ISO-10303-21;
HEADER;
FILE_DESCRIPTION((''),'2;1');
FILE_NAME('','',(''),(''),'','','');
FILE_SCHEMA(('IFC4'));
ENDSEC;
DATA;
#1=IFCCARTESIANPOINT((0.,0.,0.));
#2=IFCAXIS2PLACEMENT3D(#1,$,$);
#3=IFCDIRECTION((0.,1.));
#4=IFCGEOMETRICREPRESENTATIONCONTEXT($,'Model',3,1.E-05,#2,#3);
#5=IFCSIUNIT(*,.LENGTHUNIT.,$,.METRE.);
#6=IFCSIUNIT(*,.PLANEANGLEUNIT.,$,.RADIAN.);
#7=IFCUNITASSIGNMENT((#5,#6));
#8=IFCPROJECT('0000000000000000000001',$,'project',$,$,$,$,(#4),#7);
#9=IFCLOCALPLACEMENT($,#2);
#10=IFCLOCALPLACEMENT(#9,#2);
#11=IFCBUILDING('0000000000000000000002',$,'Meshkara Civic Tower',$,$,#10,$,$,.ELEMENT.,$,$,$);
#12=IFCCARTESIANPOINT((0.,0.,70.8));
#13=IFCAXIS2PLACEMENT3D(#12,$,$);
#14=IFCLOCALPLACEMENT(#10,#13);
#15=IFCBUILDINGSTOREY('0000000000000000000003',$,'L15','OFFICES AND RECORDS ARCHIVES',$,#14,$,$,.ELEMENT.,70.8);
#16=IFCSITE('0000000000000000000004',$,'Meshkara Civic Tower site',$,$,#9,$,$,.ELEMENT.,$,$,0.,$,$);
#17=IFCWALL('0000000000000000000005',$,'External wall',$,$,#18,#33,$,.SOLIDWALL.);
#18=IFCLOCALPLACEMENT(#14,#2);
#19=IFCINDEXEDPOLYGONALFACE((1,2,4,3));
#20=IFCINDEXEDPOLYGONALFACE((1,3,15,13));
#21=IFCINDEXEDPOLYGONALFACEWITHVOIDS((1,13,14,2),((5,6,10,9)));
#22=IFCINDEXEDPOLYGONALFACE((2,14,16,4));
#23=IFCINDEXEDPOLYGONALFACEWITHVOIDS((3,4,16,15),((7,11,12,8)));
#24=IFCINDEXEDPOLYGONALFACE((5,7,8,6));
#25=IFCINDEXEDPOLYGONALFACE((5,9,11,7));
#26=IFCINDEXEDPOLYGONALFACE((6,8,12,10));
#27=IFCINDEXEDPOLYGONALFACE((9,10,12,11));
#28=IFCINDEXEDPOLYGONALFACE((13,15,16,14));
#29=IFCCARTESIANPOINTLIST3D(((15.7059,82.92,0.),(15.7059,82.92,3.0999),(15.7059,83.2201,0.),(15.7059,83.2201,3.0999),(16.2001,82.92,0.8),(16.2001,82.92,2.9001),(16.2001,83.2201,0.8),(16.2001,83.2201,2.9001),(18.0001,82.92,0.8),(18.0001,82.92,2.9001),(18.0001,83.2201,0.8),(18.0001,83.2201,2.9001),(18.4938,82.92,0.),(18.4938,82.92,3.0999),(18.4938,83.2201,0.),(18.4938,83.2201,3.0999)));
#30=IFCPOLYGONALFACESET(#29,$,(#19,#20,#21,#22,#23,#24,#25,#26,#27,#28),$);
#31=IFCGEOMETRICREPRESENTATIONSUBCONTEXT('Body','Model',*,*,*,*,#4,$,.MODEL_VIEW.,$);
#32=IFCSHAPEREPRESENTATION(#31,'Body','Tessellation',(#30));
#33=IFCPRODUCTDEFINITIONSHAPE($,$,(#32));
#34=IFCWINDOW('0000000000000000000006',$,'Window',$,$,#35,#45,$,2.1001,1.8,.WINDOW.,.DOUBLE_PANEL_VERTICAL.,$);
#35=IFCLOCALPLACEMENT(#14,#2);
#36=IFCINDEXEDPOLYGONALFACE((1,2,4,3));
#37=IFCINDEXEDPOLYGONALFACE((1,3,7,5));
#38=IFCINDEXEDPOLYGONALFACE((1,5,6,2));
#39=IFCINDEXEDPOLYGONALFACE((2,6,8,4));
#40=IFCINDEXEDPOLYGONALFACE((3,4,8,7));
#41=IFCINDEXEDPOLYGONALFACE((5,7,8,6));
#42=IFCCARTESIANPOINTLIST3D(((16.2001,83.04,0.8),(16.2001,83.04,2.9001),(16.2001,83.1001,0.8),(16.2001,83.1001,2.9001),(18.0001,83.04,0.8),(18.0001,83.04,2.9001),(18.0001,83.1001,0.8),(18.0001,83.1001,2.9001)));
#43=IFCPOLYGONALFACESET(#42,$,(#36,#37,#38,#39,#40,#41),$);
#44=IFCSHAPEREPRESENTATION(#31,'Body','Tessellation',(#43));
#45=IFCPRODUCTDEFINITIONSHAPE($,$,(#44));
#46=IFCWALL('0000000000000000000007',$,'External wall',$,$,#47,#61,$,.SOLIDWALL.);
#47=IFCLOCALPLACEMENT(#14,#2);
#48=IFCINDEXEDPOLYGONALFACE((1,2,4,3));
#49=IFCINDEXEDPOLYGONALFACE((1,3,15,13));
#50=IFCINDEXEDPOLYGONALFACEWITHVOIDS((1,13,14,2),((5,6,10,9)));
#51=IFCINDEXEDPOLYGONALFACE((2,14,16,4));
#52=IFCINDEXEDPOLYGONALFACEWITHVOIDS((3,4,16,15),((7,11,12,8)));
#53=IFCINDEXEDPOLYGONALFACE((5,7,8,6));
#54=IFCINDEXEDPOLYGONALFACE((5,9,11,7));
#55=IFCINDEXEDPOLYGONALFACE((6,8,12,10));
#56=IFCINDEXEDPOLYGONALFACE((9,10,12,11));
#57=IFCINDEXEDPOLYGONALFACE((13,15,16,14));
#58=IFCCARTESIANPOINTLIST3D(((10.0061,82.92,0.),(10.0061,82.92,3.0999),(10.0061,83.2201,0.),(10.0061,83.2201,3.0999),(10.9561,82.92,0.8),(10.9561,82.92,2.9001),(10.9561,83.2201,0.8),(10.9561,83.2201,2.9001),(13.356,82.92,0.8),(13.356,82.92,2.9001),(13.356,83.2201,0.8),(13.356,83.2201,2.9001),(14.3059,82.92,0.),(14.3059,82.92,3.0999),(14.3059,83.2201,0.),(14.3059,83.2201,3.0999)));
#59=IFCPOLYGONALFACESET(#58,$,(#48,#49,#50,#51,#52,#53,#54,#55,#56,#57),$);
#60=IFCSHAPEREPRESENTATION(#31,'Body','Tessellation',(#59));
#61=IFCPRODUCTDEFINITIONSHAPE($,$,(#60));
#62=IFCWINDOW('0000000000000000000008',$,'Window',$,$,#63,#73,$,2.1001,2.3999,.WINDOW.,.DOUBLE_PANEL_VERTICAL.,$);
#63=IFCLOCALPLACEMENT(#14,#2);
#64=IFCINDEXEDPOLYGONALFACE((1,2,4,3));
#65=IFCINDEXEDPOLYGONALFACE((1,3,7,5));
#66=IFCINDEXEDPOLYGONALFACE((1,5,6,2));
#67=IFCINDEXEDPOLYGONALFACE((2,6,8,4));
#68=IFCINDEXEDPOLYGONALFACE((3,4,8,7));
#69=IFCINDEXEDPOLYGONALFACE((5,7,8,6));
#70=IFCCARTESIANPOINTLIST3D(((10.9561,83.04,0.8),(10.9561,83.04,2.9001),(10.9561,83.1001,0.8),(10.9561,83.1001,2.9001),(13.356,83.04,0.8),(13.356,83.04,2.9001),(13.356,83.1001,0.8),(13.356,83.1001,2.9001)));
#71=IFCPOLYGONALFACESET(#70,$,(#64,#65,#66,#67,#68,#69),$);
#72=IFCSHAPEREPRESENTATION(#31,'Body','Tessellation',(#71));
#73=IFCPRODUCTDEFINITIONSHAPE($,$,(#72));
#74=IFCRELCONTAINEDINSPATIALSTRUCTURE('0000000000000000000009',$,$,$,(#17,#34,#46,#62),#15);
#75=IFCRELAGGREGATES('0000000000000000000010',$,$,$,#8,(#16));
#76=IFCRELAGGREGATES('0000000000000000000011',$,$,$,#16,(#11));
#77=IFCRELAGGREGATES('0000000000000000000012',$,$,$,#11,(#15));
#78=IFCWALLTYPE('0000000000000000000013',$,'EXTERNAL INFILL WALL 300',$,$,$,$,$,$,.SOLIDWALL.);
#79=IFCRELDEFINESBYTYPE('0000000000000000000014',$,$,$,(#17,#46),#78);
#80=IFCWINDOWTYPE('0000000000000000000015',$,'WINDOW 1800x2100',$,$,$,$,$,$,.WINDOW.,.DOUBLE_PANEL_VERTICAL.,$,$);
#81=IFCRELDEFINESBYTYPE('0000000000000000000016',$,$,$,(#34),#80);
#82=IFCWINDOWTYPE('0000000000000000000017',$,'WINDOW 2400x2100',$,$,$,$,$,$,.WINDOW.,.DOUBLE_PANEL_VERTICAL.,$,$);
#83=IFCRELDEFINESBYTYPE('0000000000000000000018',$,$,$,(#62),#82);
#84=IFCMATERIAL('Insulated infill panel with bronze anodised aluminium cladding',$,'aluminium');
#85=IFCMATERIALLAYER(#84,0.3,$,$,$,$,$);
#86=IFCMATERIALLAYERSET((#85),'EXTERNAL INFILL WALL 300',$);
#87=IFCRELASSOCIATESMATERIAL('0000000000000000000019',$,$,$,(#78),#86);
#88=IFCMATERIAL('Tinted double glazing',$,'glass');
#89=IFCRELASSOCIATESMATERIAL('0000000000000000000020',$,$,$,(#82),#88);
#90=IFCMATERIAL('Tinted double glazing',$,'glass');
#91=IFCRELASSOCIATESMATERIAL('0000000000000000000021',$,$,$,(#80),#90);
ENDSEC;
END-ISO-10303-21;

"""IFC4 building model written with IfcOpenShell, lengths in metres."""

from ifc_helpers import new_model, si_unit, direction, frame, frame_2d, origin, place, context, subcontext, project, spatial, rectangle, extrude, material, layer, layer_set, type_object, element, fill, save


model = new_model("IFC4")

# Units and contexts
model_context = context("Model", 3, precision=1e-05, world=origin(), true_north=direction((0.0, 1.0)))
body_context = subcontext(model_context, "Body", "Model", "MODEL_VIEW")
ifc_project = project(units=[si_unit("LENGTHUNIT", "METRE"), si_unit("PLANEANGLEUNIT", "RADIAN")], contexts=[model_context])

# Site, building, storey
site_placement = place(None, origin())
site = spatial("IfcSite", under=ifc_project, at=site_placement, Name="Meshkara Civic Tower site", CompositionType="ELEMENT", RefElevation=0.0)
building_placement = place(site_placement, origin())
building = spatial("IfcBuilding", under=site, at=building_placement, Name="Meshkara Civic Tower", CompositionType="ELEMENT")
storey_placement = place(building_placement, frame((0.0, 0.0, 70.8)))
storey = spatial("IfcBuildingStorey", under=building, at=storey_placement, Name="L15", Description="OFFICES AND RECORDS ARCHIVES", CompositionType="ELEMENT", Elevation=70.8)

# Walls, openings, windows
ifc_material_1 = material(Name="Insulated infill panel with bronze anodised aluminium cladding", Category="aluminium")
ifc_layer = layer(ifc_material_1, 0.3)
ifc_layer_set = layer_set([ifc_layer], Name="EXTERNAL INFILL WALL 300")
wall_type = type_object("IfcWallType", Name="EXTERNAL INFILL WALL 300", PredefinedType="SOLIDWALL", material=ifc_layer_set)
ifc_material_2 = material(Name="Tinted double glazing", Category="glass")
window_type_1 = type_object("IfcWindowType", Name="WINDOW 2400x2100", PartitioningType="DOUBLE_PANEL_VERTICAL", PredefinedType="WINDOW", material=ifc_material_2)
ifc_material_3 = material(Name="Tinted double glazing", Category="glass")
window_type_2 = type_object("IfcWindowType", Name="WINDOW 1800x2100", PartitioningType="DOUBLE_PANEL_VERTICAL", PredefinedType="WINDOW", material=ifc_material_3)
wall_1_placement = place(storey_placement, frame((18.4939, 83.0701, 0.0), z_axis=(0.0, 0.0, 1.0), x_axis=(-1.0, 0.0, 0.0)))
wall_1 = element("IfcWall", 1, at=wall_1_placement, inside=storey, type_object=wall_type, Name="External wall", PredefinedType="SOLIDWALL", context=body_context, shape_type="SweptSolid", body=[
    extrude(rectangle(XDim=2.7878, YDim=0.3, at=frame_2d((1.394, 0.0))), origin(), (0.0, 0.0, 1.0), 3.0999),
])
opening_1_placement = place(wall_1_placement, frame((0.4939, 0.0, 0.8)))
opening_1 = element("IfcOpeningElement", 2, at=opening_1_placement, cuts=wall_1, PredefinedType="OPENING", context=body_context, shape_type="SweptSolid", body=[
    extrude(rectangle(XDim=1.8, YDim=2.1001, at=frame_2d((0.8999, 1.05))), frame((0.0, 0.1599, 0.0), z_axis=(0.0, -1.0, 0.0), x_axis=(1.0, 0.0, 0.0)), (0.0, 0.0, 1.0), 0.3201),
])
window_1_placement = place(opening_1_placement, origin())
window_1 = element("IfcWindow", 3, at=window_1_placement, inside=storey, type_object=window_type_2, Name="Window", OverallHeight=2.1001, OverallWidth=1.8, PartitioningType="DOUBLE_PANEL_VERTICAL", PredefinedType="WINDOW", context=body_context, shape_type="SweptSolid", body=[
    extrude(rectangle(XDim=1.8, YDim=2.1001, at=frame_2d((0.8999, 1.05))), frame((0.0, 0.03, 0.0), z_axis=(0.0, -1.0, 0.0), x_axis=(1.0, 0.0, 0.0)), (0.0, 0.0, 1.0), 0.0601),
])
fill(opening_1, window_1)
wall_2_placement = place(storey_placement, frame((14.3059, 83.0701, 0.0), z_axis=(0.0, 0.0, 1.0), x_axis=(-1.0, 0.0, 0.0)))
wall_2 = element("IfcWall", 4, at=wall_2_placement, inside=storey, type_object=wall_type, Name="External wall", PredefinedType="SOLIDWALL", context=body_context, shape_type="SweptSolid", body=[
    extrude(rectangle(XDim=4.2998, YDim=0.3, at=frame_2d((2.1499, 0.0))), origin(), (0.0, 0.0, 1.0), 3.0999),
])
opening_2_placement = place(wall_2_placement, frame((0.95, 0.0, 0.8)))
opening_2 = element("IfcOpeningElement", 5, at=opening_2_placement, cuts=wall_2, PredefinedType="OPENING", context=body_context, shape_type="SweptSolid", body=[
    extrude(rectangle(XDim=2.3999, YDim=2.1001, at=frame_2d((1.2, 1.05))), frame((0.0, 0.1599, 0.0), z_axis=(0.0, -1.0, 0.0), x_axis=(1.0, 0.0, 0.0)), (0.0, 0.0, 1.0), 0.3201),
])
window_2_placement = place(opening_2_placement, origin())
window_2 = element("IfcWindow", 6, at=window_2_placement, inside=storey, type_object=window_type_1, Name="Window", OverallHeight=2.1001, OverallWidth=2.3999, PartitioningType="DOUBLE_PANEL_VERTICAL", PredefinedType="WINDOW", context=body_context, shape_type="SweptSolid", body=[
    extrude(rectangle(XDim=2.3999, YDim=2.1001, at=frame_2d((1.2, 1.05))), frame((0.0, 0.03, 0.0), z_axis=(0.0, -1.0, 0.0), x_axis=(1.0, 0.0, 0.0)), (0.0, 0.0, 1.0), 0.0601),
])
fill(opening_2, window_2)

save(model, "model.ifc")
